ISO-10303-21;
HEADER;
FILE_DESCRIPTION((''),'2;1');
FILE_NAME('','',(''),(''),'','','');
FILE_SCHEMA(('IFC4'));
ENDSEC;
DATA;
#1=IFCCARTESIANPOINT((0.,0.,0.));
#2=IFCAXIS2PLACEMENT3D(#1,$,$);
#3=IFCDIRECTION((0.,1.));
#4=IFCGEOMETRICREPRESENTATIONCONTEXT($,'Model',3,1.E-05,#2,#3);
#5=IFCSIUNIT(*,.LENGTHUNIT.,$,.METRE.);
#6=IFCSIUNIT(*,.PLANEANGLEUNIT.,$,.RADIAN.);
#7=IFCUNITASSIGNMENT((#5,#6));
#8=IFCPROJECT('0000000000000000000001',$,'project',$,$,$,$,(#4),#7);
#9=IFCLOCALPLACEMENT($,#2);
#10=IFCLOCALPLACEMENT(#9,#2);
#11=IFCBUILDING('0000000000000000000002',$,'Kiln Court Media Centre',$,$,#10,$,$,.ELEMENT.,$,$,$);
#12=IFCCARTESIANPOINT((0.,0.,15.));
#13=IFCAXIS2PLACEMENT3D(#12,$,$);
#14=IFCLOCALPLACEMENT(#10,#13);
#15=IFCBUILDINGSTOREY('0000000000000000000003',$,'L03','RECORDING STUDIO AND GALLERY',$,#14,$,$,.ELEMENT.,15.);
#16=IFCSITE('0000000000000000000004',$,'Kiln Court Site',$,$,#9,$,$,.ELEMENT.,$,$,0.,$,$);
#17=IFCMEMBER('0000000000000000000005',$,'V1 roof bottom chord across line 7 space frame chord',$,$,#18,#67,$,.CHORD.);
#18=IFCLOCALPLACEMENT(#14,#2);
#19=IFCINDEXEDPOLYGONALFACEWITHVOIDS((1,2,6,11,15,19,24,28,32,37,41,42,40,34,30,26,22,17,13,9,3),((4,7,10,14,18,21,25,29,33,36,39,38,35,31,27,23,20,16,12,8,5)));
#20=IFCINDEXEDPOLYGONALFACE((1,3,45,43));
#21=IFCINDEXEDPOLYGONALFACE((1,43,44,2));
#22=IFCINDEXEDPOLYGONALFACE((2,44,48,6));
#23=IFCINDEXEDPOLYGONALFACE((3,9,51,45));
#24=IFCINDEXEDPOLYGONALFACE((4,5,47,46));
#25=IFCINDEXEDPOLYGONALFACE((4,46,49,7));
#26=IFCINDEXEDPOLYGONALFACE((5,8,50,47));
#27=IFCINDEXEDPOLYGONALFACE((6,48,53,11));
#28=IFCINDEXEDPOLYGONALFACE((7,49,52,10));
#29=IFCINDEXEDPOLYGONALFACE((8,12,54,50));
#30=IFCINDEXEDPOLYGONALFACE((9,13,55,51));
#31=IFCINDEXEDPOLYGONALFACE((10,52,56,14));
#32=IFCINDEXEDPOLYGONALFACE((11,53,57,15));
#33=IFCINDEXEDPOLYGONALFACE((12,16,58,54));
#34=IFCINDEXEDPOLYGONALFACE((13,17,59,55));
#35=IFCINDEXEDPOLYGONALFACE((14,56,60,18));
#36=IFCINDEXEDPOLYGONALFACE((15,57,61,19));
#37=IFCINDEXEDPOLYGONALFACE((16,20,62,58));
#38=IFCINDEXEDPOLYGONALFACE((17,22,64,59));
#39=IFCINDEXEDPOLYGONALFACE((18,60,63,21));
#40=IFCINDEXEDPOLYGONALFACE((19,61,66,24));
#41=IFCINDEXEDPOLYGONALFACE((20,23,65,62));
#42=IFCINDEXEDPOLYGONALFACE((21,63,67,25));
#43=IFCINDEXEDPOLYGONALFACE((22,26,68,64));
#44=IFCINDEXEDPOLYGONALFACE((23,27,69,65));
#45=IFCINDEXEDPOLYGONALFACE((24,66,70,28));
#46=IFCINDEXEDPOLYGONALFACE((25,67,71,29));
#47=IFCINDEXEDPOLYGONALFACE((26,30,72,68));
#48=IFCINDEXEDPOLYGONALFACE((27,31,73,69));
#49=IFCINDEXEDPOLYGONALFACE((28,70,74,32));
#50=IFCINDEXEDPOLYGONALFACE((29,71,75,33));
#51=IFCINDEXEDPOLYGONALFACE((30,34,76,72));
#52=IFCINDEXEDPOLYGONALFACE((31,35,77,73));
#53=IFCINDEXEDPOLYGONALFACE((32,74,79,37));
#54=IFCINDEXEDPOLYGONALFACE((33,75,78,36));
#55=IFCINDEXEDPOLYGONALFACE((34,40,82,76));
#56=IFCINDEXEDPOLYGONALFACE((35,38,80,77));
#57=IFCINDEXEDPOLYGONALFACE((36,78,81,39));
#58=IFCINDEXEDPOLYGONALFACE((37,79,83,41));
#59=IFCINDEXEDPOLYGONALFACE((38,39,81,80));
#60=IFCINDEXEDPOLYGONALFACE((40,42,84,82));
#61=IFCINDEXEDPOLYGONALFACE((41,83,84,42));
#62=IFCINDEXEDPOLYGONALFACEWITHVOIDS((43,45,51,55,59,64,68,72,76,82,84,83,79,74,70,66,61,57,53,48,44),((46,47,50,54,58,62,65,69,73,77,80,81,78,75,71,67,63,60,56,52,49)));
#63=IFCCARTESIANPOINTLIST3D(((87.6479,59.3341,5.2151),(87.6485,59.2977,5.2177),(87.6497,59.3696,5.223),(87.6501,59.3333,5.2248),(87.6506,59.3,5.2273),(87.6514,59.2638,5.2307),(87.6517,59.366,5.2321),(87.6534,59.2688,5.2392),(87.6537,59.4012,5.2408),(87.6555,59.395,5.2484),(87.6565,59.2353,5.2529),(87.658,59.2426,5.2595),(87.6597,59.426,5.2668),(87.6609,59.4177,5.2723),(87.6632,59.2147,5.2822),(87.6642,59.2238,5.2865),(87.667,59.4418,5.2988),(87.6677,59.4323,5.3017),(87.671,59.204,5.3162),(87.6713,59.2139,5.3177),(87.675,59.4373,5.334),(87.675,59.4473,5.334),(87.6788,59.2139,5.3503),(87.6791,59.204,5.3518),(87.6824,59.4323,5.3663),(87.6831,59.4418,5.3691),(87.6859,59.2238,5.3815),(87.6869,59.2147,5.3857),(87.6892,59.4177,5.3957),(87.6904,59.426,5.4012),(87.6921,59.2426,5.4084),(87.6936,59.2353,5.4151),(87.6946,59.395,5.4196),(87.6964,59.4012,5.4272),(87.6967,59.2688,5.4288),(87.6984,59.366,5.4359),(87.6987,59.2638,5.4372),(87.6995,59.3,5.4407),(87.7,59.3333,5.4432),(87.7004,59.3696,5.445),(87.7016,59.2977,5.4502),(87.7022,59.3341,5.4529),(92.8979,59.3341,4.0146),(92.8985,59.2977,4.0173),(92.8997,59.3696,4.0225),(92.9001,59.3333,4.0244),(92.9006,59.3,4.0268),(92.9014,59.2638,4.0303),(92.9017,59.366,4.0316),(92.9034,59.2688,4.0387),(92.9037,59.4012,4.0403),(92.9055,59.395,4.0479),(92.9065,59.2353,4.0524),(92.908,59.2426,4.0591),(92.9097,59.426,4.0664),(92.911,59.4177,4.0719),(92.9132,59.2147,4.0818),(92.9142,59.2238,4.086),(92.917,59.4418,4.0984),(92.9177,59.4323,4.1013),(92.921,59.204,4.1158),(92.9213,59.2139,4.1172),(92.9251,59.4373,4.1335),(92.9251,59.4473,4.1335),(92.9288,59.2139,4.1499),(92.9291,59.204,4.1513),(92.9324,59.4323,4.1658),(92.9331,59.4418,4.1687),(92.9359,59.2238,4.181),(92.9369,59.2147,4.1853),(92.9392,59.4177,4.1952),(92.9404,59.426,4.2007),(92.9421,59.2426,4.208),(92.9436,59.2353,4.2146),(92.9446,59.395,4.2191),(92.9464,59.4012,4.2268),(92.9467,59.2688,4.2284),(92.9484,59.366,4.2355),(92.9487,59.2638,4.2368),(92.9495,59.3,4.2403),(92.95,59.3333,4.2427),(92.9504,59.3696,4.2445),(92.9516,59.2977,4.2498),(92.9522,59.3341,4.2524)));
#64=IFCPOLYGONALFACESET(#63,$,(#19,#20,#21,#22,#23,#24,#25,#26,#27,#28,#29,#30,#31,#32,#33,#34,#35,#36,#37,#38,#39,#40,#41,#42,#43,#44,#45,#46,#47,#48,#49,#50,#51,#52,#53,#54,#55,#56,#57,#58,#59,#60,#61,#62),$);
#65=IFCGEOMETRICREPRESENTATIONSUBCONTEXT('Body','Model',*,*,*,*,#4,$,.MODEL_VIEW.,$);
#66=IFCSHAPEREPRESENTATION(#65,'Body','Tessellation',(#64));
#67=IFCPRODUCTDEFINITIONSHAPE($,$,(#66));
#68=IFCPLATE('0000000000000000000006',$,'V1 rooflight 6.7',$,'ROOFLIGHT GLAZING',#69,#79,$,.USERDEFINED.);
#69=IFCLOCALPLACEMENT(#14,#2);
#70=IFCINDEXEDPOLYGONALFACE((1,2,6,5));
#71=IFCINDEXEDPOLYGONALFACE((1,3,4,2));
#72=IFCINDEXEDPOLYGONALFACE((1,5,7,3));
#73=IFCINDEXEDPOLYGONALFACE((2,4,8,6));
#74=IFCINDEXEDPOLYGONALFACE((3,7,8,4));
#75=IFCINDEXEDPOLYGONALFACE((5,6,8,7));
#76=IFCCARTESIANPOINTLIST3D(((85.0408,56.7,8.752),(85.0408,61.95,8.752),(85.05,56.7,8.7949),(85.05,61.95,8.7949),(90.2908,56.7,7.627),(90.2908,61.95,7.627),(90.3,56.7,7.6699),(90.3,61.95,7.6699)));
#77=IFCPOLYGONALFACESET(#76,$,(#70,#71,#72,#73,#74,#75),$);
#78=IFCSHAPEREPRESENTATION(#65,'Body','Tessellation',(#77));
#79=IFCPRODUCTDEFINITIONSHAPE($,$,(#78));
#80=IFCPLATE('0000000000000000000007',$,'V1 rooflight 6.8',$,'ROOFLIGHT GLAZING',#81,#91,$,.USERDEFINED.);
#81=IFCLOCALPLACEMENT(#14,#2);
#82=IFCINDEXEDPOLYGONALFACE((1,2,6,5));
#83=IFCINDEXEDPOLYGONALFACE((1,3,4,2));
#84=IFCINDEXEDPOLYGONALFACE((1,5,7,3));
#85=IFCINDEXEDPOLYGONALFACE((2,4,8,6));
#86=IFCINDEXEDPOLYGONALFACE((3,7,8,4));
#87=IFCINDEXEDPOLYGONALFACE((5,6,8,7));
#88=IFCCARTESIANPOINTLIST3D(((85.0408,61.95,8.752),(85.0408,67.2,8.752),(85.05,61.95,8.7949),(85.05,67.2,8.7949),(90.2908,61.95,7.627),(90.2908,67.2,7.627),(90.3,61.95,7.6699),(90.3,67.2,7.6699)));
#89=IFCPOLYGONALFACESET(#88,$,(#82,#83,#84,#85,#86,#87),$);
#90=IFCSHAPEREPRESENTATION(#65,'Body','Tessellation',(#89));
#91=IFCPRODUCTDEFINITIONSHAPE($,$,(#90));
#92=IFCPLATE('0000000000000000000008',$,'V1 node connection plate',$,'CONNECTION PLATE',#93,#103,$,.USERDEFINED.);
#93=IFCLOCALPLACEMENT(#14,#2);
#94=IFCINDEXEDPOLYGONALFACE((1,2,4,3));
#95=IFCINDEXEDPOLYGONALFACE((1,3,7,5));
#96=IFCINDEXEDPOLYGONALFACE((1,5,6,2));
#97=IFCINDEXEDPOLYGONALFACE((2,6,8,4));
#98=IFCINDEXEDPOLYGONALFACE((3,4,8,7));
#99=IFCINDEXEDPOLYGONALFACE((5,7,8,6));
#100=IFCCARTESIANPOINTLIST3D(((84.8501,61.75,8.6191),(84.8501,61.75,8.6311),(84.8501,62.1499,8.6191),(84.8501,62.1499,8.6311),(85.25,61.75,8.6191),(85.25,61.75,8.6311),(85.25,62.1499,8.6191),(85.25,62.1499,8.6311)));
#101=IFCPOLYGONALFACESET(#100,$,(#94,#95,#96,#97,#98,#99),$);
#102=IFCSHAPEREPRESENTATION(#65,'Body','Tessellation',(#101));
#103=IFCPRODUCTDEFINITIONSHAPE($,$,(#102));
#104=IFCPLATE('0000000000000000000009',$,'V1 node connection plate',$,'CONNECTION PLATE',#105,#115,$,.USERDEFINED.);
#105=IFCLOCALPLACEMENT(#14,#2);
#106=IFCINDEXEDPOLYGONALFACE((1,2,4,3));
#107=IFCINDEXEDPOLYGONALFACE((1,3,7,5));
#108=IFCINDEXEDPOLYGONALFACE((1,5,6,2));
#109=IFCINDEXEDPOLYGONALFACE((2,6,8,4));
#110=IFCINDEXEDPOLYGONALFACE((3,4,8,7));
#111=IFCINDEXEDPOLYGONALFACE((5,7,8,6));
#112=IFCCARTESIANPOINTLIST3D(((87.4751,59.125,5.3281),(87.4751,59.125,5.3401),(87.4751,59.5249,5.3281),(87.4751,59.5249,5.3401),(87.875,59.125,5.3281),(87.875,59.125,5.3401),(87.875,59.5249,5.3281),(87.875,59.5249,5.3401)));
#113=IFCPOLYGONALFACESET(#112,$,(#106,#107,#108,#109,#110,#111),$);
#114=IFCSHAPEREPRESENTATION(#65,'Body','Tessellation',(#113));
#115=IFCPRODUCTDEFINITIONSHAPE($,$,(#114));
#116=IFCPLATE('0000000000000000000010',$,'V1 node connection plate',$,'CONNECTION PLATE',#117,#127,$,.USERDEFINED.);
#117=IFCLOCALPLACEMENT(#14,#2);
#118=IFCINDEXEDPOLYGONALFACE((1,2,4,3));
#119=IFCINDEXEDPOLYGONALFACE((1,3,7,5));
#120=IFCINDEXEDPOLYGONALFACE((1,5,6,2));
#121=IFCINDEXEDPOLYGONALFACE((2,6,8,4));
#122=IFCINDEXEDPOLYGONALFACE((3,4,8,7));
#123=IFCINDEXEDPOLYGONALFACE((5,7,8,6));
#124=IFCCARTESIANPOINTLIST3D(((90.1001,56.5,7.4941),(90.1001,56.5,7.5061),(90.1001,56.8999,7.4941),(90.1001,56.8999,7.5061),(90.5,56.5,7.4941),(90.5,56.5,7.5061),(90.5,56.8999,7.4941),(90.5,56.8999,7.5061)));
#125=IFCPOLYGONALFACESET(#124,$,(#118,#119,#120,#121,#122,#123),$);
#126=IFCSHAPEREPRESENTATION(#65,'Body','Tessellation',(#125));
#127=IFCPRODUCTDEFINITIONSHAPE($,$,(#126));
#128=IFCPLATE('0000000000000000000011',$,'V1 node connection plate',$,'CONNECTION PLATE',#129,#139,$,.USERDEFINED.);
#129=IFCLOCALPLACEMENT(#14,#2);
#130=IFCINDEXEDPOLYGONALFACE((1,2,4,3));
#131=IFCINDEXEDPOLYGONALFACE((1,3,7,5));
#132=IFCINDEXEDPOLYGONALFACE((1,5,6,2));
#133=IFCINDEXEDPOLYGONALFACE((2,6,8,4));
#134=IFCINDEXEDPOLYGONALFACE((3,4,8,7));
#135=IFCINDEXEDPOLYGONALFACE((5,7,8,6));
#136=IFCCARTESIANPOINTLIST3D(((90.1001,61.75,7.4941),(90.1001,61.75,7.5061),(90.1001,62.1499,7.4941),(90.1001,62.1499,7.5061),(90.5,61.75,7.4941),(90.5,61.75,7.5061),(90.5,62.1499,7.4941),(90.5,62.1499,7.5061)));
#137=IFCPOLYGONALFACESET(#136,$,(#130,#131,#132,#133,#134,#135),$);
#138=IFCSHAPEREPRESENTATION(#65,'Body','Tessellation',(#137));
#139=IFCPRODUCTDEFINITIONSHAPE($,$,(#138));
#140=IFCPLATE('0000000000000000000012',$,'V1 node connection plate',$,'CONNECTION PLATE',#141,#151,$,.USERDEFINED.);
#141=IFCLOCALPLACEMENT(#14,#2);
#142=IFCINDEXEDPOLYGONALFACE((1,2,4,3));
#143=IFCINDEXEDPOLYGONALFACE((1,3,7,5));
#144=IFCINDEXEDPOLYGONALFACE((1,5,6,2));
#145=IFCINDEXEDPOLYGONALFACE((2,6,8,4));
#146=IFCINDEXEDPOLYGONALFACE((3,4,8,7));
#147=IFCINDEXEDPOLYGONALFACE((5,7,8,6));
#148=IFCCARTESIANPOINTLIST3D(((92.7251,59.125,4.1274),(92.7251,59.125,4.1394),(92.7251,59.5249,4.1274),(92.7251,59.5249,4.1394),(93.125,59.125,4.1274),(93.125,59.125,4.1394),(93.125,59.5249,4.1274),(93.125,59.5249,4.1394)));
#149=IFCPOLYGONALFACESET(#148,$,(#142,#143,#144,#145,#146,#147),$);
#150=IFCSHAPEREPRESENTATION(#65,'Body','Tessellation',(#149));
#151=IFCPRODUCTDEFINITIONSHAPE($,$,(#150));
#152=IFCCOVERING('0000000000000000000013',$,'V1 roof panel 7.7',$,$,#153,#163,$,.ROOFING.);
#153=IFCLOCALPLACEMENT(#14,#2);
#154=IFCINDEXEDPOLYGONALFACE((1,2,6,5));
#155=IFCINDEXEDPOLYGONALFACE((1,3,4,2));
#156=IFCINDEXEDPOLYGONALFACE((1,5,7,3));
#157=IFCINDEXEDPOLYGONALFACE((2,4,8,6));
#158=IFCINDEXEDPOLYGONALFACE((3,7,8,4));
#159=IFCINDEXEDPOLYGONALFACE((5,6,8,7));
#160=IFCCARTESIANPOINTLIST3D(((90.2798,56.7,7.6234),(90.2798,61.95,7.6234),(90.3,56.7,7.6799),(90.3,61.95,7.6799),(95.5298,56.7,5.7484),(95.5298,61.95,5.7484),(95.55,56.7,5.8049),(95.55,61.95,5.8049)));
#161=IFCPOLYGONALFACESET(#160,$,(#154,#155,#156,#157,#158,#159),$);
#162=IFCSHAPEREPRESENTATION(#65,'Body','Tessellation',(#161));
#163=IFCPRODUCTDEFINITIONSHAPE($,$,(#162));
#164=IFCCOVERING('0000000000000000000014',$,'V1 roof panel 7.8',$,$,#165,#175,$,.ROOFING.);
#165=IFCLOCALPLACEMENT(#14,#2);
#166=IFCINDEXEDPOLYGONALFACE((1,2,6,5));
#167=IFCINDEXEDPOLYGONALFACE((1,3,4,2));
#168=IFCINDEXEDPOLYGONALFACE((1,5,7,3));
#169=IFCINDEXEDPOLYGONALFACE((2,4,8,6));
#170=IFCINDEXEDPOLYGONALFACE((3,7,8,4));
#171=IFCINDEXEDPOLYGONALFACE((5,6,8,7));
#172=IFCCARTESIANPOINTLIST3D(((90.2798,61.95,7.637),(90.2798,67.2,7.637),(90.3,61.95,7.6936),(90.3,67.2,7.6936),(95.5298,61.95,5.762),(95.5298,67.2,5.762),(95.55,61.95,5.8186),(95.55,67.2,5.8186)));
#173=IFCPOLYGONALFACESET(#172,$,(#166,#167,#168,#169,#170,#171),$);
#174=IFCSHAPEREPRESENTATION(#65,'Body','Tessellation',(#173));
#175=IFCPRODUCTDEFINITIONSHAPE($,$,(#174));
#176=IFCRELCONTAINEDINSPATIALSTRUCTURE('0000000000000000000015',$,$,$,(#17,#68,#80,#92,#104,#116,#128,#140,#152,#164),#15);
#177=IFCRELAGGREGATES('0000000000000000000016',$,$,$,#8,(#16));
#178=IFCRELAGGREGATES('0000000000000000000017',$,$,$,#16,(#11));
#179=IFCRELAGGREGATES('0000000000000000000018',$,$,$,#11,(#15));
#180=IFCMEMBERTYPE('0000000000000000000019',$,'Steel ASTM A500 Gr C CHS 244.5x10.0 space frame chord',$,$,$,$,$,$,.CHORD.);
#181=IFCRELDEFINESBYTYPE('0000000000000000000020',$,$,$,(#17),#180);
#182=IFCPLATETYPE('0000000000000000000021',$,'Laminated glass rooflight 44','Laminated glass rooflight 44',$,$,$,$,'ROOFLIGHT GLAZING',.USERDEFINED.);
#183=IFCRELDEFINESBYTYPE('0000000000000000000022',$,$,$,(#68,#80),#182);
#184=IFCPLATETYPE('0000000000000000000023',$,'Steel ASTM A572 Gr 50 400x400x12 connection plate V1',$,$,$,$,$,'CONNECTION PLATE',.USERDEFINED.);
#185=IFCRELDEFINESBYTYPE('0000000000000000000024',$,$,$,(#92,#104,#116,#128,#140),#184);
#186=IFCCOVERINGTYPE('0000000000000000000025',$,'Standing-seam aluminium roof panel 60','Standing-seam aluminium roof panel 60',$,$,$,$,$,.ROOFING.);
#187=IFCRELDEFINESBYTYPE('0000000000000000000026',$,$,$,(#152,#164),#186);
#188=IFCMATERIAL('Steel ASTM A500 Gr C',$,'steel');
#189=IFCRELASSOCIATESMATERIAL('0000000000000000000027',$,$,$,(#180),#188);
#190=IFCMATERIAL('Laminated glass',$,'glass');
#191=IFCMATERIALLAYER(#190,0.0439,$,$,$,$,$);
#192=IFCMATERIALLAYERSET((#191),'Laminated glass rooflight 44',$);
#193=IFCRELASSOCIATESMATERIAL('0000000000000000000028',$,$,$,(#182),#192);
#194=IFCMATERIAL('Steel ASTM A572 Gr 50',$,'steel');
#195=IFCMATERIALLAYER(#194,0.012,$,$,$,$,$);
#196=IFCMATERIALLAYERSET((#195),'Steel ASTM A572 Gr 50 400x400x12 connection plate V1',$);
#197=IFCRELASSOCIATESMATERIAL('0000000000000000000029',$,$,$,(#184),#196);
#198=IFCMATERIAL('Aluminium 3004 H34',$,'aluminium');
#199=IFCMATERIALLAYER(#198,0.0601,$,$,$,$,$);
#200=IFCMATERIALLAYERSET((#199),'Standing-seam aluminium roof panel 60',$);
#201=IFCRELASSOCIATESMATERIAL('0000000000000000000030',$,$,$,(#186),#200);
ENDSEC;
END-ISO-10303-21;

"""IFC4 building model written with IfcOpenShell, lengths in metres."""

from ifc_helpers import new_model, si_unit, direction, frame, origin, origin_2d, place, context, subcontext, project, spatial, polyline, rectangle, hollow_circle, outline, extrude, material, layer, layer_set, material_profile, profile_set, type_object, element, save


model = new_model("IFC4")

# Units and contexts
model_context = context("Model", 3, precision=1e-05, world=origin(), true_north=direction((0.0, 1.0)))
body_context = subcontext(model_context, "Body", "Model", "MODEL_VIEW")
ifc_project = project(units=[si_unit("LENGTHUNIT", "METRE"), si_unit("PLANEANGLEUNIT", "RADIAN")], contexts=[model_context])

# Site, building, storey
site_placement = place(None, origin())
site = spatial("IfcSite", under=ifc_project, at=site_placement, Name="Kiln Court Site", CompositionType="ELEMENT", RefElevation=0.0)
building_placement = place(site_placement, origin())
building = spatial("IfcBuilding", under=site, at=building_placement, Name="Kiln Court Media Centre", CompositionType="ELEMENT")
storey_placement = place(building_placement, frame((0.0, 0.0, 15.0)))
storey = spatial("IfcBuildingStorey", under=building, at=storey_placement, Name="L03", Description="RECORDING STUDIO AND GALLERY", CompositionType="ELEMENT", Elevation=15.0)

# Member
ifc_material_1 = material(Name="Steel ASTM A500 Gr C", Category="steel")
ifc_material_profile_1 = material_profile(ifc_material_1, hollow_circle(Radius=0.1223, WallThickness=0.01, at=origin_2d()), Name="CHS 244.5x10.0")
ifc_profile_set_1 = profile_set([ifc_material_profile_1], Name="Steel ASTM A500 Gr C")
member_type_1 = type_object("IfcMemberType", Name="Steel ASTM A500 Gr C CHS 244.5x10.0 space frame chord", PredefinedType="CHORD", material=ifc_profile_set_1)
member_1_placement = place(storey_placement, frame((87.675, 59.325, 5.334), z_axis=(0.974841, 0.0, -0.222902), x_axis=(0.0, 1.0, 0.0)))
element("IfcMember", 1, at=member_1_placement, inside=storey, type_object=member_type_1, Name="V1 roof bottom chord across line 7 space frame chord", PredefinedType="CHORD", context=body_context, shape_type="SweptSolid", body=[
    extrude(hollow_circle(Radius=0.1223, WallThickness=0.01, at=origin_2d()), origin(), (0.0, 0.0, 1.0), 5.3855),
])

# Plates
ifc_material_2 = material(Name="Laminated glass", Category="glass")
ifc_layer_1 = layer(ifc_material_2, 0.0439)
ifc_layer_set_1 = layer_set([ifc_layer_1], Name="Laminated glass rooflight 44")
plate_type_1 = type_object("IfcPlateType", Name="Laminated glass rooflight 44", Description="Laminated glass rooflight 44", ElementType="ROOFLIGHT GLAZING", PredefinedType="USERDEFINED", material=ifc_layer_set_1)
for number, where, z_axis, x_axis, name in (
    (2, (85.05, 56.7, 8.7949), (0.209529, 0.0, 0.977802), (0.977802, 0.0, -0.209529), "V1 rooflight 6.7"),
    (3, (85.05, 61.95, 8.7949), (0.209529, 0.0, 0.977802), (0.977802, 0.0, -0.209529), "V1 rooflight 6.8"),
):
    element("IfcPlate", number, at=place(storey_placement, frame(where, z_axis=z_axis, x_axis=x_axis)), inside=storey, type_object=plate_type_1, Name=name, ObjectType="ROOFLIGHT GLAZING", PredefinedType="USERDEFINED", context=body_context, shape_type="SweptSolid", body=[
        extrude(outline(polyline([(0.0, 0.0), (5.3692, 0.0), (5.3692, 5.25), (0.0, 5.25), (0.0, 0.0)])), origin(), (0.0, 0.0, -1.0), 0.0439),
    ])
ifc_material_3 = material(Name="Steel ASTM A572 Gr 50", Category="steel")
ifc_layer_2 = layer(ifc_material_3, 0.012)
ifc_layer_set_2 = layer_set([ifc_layer_2], Name="Steel ASTM A572 Gr 50 400x400x12 connection plate V1")
plate_type_2 = type_object("IfcPlateType", Name="Steel ASTM A572 Gr 50 400x400x12 connection plate V1", ElementType="CONNECTION PLATE", PredefinedType="USERDEFINED", material=ifc_layer_set_2)
for number, where, z_axis, x_axis, name in (
    (4, (85.05, 61.95, 8.6191), (0.0, 0.0, 1.0), (1.0, 0.0, 0.0), "V1 node connection plate"),
    (5, (87.675, 59.325, 5.3281), (0.0, 0.0, 1.0), (1.0, 0.0, 0.0), "V1 node connection plate"),
    (6, (90.3, 56.7, 7.4941), (0.0, 0.0, 1.0), (1.0, 0.0, 0.0), "V1 node connection plate"),
    (7, (90.3, 61.95, 7.4941), (0.0, 0.0, 1.0), (1.0, 0.0, 0.0), "V1 node connection plate"),
    (8, (92.925, 59.325, 4.1274), (0.0, 0.0, 1.0), (1.0, 0.0, 0.0), "V1 node connection plate"),
):
    element("IfcPlate", number, at=place(storey_placement, frame(where, z_axis=z_axis, x_axis=x_axis)), inside=storey, type_object=plate_type_2, Name=name, ObjectType="CONNECTION PLATE", PredefinedType="USERDEFINED", context=body_context, shape_type="SweptSolid", body=[
        extrude(rectangle(XDim=0.3999, YDim=0.3999, at=origin_2d()), origin(), (0.0, 0.0, 1.0), 0.012),
    ])

# Coverings
ifc_material_4 = material(Name="Aluminium 3004 H34", Category="aluminium")
ifc_layer_3 = layer(ifc_material_4, 0.0601)
ifc_layer_set_3 = layer_set([ifc_layer_3], Name="Standing-seam aluminium roof panel 60")
covering_type = type_object("IfcCoveringType", Name="Standing-seam aluminium roof panel 60", Description="Standing-seam aluminium roof panel 60", PredefinedType="ROOFING", material=ifc_layer_set_3)
for number, where, z_axis, x_axis, name in (
    (9, (90.3, 56.7, 7.6799), (0.336336, 0.0, 0.941742), (0.941742, 0.0, -0.336336), "V1 roof panel 7.7"),
    (10, (90.3, 61.95, 7.6936), (0.336336, 0.0, 0.941742), (0.941742, 0.0, -0.336336), "V1 roof panel 7.8"),
):
    element("IfcCovering", number, at=place(storey_placement, frame(where, z_axis=z_axis, x_axis=x_axis)), inside=storey, type_object=covering_type, Name=name, PredefinedType="ROOFING", context=body_context, shape_type="SweptSolid", body=[
        extrude(outline(polyline([(0.0, 0.0), (5.5748, 0.0), (5.5748, 5.25), (0.0, 5.25), (0.0, 0.0)])), origin(), (0.0, 0.0, -1.0), 0.0601),
    ])

save(model, "model.ifc")
